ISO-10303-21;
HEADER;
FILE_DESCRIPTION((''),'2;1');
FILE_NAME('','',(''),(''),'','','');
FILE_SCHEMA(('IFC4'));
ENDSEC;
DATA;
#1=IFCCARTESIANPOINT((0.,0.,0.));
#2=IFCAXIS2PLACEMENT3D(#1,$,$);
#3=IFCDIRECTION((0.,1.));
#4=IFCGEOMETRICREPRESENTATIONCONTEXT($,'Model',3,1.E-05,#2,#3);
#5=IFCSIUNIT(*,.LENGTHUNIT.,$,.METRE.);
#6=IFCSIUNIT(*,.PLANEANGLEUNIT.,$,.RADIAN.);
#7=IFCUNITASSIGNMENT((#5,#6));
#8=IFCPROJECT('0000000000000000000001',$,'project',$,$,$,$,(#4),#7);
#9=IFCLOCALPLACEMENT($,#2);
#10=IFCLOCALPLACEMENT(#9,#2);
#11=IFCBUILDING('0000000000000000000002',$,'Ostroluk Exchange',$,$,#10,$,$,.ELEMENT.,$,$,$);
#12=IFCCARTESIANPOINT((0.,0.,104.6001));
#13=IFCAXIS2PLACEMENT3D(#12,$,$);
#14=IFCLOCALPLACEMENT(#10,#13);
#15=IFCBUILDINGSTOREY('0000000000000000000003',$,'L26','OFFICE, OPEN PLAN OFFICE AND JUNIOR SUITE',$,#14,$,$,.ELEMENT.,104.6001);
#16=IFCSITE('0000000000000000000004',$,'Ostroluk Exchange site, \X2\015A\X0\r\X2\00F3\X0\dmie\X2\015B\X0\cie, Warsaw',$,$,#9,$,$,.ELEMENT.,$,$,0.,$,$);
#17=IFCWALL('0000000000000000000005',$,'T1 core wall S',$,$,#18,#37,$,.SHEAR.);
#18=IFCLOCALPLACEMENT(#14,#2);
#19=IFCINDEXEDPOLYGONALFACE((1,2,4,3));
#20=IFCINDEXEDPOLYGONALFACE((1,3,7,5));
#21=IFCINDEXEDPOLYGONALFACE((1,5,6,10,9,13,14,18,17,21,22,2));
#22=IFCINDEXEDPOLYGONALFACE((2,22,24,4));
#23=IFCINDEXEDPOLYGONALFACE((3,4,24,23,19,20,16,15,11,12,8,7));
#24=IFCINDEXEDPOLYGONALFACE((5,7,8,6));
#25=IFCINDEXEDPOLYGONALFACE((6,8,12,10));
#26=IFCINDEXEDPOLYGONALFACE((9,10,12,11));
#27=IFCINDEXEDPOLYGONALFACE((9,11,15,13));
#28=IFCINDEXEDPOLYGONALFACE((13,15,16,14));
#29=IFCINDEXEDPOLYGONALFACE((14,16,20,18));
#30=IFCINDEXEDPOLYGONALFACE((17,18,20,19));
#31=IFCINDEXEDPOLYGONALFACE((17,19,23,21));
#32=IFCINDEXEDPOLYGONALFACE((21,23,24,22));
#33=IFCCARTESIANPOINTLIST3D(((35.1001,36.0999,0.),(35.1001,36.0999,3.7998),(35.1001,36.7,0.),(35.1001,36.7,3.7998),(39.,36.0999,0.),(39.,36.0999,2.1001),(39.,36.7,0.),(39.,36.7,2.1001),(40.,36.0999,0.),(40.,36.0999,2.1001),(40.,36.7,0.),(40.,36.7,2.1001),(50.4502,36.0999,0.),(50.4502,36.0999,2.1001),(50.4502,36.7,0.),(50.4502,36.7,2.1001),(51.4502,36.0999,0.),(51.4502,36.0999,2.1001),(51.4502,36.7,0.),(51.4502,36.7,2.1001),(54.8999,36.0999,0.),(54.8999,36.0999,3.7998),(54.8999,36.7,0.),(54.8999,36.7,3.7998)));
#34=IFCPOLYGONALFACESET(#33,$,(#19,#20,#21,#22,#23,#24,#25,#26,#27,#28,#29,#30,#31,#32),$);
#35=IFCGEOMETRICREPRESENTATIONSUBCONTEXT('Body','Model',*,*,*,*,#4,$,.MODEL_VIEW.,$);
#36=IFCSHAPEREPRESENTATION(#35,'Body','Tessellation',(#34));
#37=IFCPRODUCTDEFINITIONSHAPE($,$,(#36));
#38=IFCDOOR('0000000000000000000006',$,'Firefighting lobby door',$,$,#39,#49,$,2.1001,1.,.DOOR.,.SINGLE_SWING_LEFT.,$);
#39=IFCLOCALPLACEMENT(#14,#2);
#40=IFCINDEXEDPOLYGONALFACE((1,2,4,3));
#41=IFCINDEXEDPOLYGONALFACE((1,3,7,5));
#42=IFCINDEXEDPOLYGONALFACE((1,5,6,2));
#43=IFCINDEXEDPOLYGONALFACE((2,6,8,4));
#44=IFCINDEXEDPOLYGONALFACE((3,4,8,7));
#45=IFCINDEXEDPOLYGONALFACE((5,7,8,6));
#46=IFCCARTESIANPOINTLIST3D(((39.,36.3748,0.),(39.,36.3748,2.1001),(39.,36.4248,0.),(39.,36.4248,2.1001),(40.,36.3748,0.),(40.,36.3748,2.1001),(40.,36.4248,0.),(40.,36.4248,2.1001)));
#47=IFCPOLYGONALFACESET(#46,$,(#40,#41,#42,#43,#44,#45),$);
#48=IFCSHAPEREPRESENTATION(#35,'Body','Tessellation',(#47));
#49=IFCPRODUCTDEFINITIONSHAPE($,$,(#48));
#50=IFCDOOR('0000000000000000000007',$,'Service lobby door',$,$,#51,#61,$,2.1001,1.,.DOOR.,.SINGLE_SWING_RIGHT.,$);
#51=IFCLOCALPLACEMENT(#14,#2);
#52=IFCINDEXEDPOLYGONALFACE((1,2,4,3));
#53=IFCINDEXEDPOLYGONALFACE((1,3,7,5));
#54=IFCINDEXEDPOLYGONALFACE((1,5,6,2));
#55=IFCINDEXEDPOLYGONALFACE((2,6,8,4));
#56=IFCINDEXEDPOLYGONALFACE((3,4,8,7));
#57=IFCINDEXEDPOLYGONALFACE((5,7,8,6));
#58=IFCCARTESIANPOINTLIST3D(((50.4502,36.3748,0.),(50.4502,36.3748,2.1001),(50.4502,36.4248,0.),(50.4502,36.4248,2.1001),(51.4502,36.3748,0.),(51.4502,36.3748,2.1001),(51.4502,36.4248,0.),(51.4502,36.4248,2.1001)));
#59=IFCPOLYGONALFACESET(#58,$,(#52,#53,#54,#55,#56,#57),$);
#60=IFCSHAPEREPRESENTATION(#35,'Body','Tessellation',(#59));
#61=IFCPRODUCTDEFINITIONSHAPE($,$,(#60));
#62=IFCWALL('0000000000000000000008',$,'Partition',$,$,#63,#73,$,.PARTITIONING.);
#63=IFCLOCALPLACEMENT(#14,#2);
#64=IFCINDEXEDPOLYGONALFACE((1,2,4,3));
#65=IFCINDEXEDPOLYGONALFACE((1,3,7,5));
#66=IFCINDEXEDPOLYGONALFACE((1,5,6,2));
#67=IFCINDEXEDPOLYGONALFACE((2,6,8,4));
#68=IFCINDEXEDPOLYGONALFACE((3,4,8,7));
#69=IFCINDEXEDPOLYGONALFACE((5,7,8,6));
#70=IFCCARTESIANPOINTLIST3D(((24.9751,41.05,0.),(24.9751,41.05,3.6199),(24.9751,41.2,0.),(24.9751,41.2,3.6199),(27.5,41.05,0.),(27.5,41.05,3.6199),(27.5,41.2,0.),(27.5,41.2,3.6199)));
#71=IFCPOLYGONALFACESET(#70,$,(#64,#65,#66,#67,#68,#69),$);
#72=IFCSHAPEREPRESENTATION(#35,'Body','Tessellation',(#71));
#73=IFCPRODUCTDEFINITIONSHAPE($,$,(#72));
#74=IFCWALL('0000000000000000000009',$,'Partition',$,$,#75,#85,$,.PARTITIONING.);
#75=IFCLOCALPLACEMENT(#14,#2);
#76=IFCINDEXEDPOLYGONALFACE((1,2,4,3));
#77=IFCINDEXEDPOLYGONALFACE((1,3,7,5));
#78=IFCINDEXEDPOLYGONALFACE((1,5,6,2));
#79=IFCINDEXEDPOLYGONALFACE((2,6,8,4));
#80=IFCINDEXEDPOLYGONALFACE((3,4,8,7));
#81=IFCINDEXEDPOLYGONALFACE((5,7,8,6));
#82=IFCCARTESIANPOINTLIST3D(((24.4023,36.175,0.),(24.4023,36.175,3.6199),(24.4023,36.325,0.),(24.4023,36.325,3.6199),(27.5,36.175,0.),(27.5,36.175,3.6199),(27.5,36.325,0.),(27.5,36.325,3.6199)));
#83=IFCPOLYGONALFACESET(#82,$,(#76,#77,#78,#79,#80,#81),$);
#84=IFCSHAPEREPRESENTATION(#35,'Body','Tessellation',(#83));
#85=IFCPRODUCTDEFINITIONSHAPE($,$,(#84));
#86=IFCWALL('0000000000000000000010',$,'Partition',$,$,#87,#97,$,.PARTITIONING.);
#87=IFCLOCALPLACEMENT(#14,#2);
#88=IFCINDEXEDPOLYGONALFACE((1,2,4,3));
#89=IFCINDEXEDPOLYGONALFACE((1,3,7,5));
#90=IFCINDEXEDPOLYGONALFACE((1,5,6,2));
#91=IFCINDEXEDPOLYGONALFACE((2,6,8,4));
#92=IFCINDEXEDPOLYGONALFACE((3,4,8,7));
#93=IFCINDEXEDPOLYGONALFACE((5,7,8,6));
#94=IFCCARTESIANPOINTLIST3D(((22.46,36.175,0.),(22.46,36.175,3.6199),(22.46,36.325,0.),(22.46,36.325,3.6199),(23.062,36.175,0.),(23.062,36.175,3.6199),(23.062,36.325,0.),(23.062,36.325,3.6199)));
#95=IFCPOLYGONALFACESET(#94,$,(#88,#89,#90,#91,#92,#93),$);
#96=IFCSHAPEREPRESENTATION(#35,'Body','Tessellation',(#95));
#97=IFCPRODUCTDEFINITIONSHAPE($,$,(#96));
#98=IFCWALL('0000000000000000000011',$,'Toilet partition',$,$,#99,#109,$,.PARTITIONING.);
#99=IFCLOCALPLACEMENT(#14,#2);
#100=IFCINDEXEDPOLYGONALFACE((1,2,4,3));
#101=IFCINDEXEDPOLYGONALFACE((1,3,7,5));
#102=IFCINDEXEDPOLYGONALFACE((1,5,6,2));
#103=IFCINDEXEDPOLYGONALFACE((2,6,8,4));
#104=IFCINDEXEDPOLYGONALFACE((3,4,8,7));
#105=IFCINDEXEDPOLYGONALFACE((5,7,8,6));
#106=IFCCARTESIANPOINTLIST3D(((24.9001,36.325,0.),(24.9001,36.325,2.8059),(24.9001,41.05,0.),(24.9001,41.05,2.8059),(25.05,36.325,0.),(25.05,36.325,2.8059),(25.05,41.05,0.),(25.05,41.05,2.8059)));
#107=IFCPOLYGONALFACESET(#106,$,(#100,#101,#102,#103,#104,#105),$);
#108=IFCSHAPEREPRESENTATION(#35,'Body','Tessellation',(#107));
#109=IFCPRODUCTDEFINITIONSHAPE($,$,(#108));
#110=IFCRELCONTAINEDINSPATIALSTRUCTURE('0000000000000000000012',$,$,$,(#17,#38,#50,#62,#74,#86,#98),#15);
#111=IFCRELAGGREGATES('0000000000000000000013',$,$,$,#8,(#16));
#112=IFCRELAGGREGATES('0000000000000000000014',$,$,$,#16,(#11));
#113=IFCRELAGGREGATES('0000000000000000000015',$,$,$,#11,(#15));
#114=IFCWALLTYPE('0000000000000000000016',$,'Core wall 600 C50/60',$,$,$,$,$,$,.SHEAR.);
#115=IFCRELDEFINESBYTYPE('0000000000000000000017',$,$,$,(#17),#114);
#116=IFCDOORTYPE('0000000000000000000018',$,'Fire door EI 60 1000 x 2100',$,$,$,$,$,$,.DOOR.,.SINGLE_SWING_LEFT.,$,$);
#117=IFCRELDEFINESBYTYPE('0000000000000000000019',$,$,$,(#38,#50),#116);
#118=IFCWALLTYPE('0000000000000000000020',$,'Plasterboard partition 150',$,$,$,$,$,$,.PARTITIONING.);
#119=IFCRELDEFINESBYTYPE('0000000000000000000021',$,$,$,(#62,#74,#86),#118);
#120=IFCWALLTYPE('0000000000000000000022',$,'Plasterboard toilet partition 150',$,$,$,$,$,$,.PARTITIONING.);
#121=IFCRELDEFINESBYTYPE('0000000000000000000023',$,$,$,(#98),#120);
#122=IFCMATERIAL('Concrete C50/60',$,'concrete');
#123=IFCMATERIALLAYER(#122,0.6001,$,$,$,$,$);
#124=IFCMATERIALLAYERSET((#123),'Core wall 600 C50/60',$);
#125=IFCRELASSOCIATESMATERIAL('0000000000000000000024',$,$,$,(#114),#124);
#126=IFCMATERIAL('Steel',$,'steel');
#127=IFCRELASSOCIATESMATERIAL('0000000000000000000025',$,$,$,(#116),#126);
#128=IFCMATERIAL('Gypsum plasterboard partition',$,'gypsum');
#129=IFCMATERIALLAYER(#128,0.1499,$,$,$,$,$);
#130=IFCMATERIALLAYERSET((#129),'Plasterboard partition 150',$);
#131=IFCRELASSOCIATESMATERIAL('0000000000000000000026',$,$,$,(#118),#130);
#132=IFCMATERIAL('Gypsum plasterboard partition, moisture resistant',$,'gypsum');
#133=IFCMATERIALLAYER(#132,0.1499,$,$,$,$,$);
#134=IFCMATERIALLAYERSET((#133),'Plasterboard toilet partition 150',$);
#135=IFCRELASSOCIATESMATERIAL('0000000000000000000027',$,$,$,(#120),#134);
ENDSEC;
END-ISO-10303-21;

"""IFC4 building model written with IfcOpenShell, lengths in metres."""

from ifc_helpers import new_model, si_unit, direction, frame, frame_2d, origin, place, context, subcontext, project, spatial, rectangle, extrude, material, layer, layer_set, type_object, element, fill, save


model = new_model("IFC4")

# Units and contexts
model_context = context("Model", 3, precision=1e-05, world=origin(), true_north=direction((0.0, 1.0)))
body_context = subcontext(model_context, "Body", "Model", "MODEL_VIEW")
ifc_project = project(units=[si_unit("LENGTHUNIT", "METRE"), si_unit("PLANEANGLEUNIT", "RADIAN")], contexts=[model_context])

# Site, building, storey
site_placement = place(None, origin())
site = spatial("IfcSite", under=ifc_project, at=site_placement, Name="Ostroluk Exchange site, Śródmieście, Warsaw", CompositionType="ELEMENT", RefElevation=0.0)
building_placement = place(site_placement, origin())
building = spatial("IfcBuilding", under=site, at=building_placement, Name="Ostroluk Exchange", CompositionType="ELEMENT")
storey_placement = place(building_placement, frame((0.0, 0.0, 104.6001)))
storey = spatial("IfcBuildingStorey", under=building, at=storey_placement, Name="L26", Description="OFFICE, OPEN PLAN OFFICE AND JUNIOR SUITE", CompositionType="ELEMENT", Elevation=104.6001)

# Wall, openings, doors
ifc_material_1 = material(Name="Concrete C50/60", Category="concrete")
ifc_layer_1 = layer(ifc_material_1, 0.6001)
ifc_layer_set_1 = layer_set([ifc_layer_1], Name="Core wall 600 C50/60")
wall_type_1 = type_object("IfcWallType", Name="Core wall 600 C50/60", PredefinedType="SHEAR", material=ifc_layer_set_1)
wall_1_placement = place(storey_placement, frame((35.1001, 36.3999, 0.0), z_axis=(0.0, 0.0, 1.0), x_axis=(1.0, 0.0, 0.0)))
wall_1 = element("IfcWall", 1, at=wall_1_placement, inside=storey, type_object=wall_type_1, Name="T1 core wall S", PredefinedType="SHEAR", context=body_context, shape_type="SweptSolid", body=[
    extrude(rectangle(XDim=19.7998, YDim=0.6001, at=frame_2d((9.8999, 0.0))), origin(), (0.0, 0.0, 1.0), 3.7998),
])
opening_1_placement = place(wall_1_placement, frame((3.8999, 0.0, 0.0)))
opening_1 = element("IfcOpeningElement", 2, at=opening_1_placement, cuts=wall_1, PredefinedType="OPENING", context=body_context, shape_type="SweptSolid", body=[
    extrude(rectangle(XDim=1.0, YDim=2.1001, at=frame_2d((0.5, 1.05))), frame((0.0, 0.3101, 0.0), z_axis=(0.0, -1.0, 0.0), x_axis=(1.0, 0.0, 0.0)), (0.0, 0.0, 1.0), 0.6201),
])
opening_2_placement = place(wall_1_placement, frame((15.3501, 0.0, 0.0)))
opening_2 = element("IfcOpeningElement", 3, at=opening_2_placement, cuts=wall_1, PredefinedType="OPENING", context=body_context, shape_type="SweptSolid", body=[
    extrude(rectangle(XDim=1.0, YDim=2.1001, at=frame_2d((0.5, 1.05))), frame((0.0, 0.3101, 0.0), z_axis=(0.0, -1.0, 0.0), x_axis=(1.0, 0.0, 0.0)), (0.0, 0.0, 1.0), 0.6201),
])
ifc_material_2 = material(Name="Steel", Category="steel")
door_type_1 = type_object("IfcDoorType", Name="Fire door EI 60 1000 x 2100", OperationType="SINGLE_SWING_LEFT", PredefinedType="DOOR", material=ifc_material_2)
door_1_placement = place(opening_1_placement, origin())
door_1 = element("IfcDoor", 4, at=door_1_placement, inside=storey, type_object=door_type_1, Name="Firefighting lobby door", OperationType="SINGLE_SWING_LEFT", OverallHeight=2.1001, OverallWidth=1.0, PredefinedType="DOOR", context=body_context, shape_type="SweptSolid", body=[
    extrude(rectangle(XDim=1.0, YDim=2.1001, at=frame_2d((0.5, 1.05))), frame((0.0, 0.0249, 0.0), z_axis=(0.0, -1.0, 0.0), x_axis=(1.0, 0.0, 0.0)), (0.0, 0.0, 1.0), 0.05),
])
fill(opening_1, door_1)
door_2_placement = place(opening_2_placement, origin())
door_2 = element("IfcDoor", 5, at=door_2_placement, inside=storey, type_object=door_type_1, Name="Service lobby door", OperationType="SINGLE_SWING_RIGHT", OverallHeight=2.1001, OverallWidth=1.0, PredefinedType="DOOR", context=body_context, shape_type="SweptSolid", body=[
    extrude(rectangle(XDim=1.0, YDim=2.1001, at=frame_2d((0.5, 1.05))), frame((0.0, 0.0249, 0.0), z_axis=(0.0, -1.0, 0.0), x_axis=(1.0, 0.0, 0.0)), (0.0, 0.0, 1.0), 0.05),
])
fill(opening_2, door_2)

# Walls
ifc_material_3 = material(Name="Gypsum plasterboard partition", Category="gypsum")
ifc_layer_2 = layer(ifc_material_3, 0.1499)
ifc_layer_set_2 = layer_set([ifc_layer_2], Name="Plasterboard partition 150")
wall_type_2 = type_object("IfcWallType", Name="Plasterboard partition 150", PredefinedType="PARTITIONING", material=ifc_layer_set_2)
wall_2_placement = place(storey_placement, frame((27.5, 41.125, 0.0), z_axis=(0.0, 0.0, 1.0), x_axis=(-1.0, 0.0, 0.0)))
element("IfcWall", 6, at=wall_2_placement, inside=storey, type_object=wall_type_2, Name="Partition", PredefinedType="PARTITIONING", context=body_context, shape_type="SweptSolid", body=[
    extrude(rectangle(XDim=2.5249, YDim=0.1499, at=frame_2d((1.2625, 0.0))), origin(), (0.0, 0.0, 1.0), 3.6199),
])
wall_3_placement = place(storey_placement, frame((27.5, 36.25, 0.0), z_axis=(0.0, 0.0, 1.0), x_axis=(-1.0, 0.0, 0.0)))
element("IfcWall", 7, at=wall_3_placement, inside=storey, type_object=wall_type_2, Name="Partition", PredefinedType="PARTITIONING", context=body_context, shape_type="SweptSolid", body=[
    extrude(rectangle(XDim=3.0977, YDim=0.1499, at=frame_2d((1.5488, 0.0))), origin(), (0.0, 0.0, 1.0), 3.6199),
])
wall_4_placement = place(storey_placement, frame((23.062, 36.25, 0.0), z_axis=(0.0, 0.0, 1.0), x_axis=(-1.0, 0.0, 0.0)))
element("IfcWall", 8, at=wall_4_placement, inside=storey, type_object=wall_type_2, Name="Partition", PredefinedType="PARTITIONING", context=body_context, shape_type="SweptSolid", body=[
    extrude(rectangle(XDim=0.6021, YDim=0.1499, at=frame_2d((0.301, 0.0))), origin(), (0.0, 0.0, 1.0), 3.6199),
])
ifc_material_4 = material(Name="Gypsum plasterboard partition, moisture resistant", Category="gypsum")
ifc_layer_3 = layer(ifc_material_4, 0.1499)
ifc_layer_set_3 = layer_set([ifc_layer_3], Name="Plasterboard toilet partition 150")
wall_type_3 = type_object("IfcWallType", Name="Plasterboard toilet partition 150", PredefinedType="PARTITIONING", material=ifc_layer_set_3)
wall_5_placement = place(storey_placement, frame((24.9751, 41.05, 0.0), z_axis=(0.0, 0.0, 1.0), x_axis=(0.0, -1.0, 0.0)))
element("IfcWall", 9, at=wall_5_placement, inside=storey, type_object=wall_type_3, Name="Toilet partition", PredefinedType="PARTITIONING", context=body_context, shape_type="SweptSolid", body=[
    extrude(rectangle(XDim=4.7251, YDim=0.1499, at=frame_2d((2.3625, 0.0))), origin(), (0.0, 0.0, 1.0), 2.8059),
])

save(model, "model.ifc")
